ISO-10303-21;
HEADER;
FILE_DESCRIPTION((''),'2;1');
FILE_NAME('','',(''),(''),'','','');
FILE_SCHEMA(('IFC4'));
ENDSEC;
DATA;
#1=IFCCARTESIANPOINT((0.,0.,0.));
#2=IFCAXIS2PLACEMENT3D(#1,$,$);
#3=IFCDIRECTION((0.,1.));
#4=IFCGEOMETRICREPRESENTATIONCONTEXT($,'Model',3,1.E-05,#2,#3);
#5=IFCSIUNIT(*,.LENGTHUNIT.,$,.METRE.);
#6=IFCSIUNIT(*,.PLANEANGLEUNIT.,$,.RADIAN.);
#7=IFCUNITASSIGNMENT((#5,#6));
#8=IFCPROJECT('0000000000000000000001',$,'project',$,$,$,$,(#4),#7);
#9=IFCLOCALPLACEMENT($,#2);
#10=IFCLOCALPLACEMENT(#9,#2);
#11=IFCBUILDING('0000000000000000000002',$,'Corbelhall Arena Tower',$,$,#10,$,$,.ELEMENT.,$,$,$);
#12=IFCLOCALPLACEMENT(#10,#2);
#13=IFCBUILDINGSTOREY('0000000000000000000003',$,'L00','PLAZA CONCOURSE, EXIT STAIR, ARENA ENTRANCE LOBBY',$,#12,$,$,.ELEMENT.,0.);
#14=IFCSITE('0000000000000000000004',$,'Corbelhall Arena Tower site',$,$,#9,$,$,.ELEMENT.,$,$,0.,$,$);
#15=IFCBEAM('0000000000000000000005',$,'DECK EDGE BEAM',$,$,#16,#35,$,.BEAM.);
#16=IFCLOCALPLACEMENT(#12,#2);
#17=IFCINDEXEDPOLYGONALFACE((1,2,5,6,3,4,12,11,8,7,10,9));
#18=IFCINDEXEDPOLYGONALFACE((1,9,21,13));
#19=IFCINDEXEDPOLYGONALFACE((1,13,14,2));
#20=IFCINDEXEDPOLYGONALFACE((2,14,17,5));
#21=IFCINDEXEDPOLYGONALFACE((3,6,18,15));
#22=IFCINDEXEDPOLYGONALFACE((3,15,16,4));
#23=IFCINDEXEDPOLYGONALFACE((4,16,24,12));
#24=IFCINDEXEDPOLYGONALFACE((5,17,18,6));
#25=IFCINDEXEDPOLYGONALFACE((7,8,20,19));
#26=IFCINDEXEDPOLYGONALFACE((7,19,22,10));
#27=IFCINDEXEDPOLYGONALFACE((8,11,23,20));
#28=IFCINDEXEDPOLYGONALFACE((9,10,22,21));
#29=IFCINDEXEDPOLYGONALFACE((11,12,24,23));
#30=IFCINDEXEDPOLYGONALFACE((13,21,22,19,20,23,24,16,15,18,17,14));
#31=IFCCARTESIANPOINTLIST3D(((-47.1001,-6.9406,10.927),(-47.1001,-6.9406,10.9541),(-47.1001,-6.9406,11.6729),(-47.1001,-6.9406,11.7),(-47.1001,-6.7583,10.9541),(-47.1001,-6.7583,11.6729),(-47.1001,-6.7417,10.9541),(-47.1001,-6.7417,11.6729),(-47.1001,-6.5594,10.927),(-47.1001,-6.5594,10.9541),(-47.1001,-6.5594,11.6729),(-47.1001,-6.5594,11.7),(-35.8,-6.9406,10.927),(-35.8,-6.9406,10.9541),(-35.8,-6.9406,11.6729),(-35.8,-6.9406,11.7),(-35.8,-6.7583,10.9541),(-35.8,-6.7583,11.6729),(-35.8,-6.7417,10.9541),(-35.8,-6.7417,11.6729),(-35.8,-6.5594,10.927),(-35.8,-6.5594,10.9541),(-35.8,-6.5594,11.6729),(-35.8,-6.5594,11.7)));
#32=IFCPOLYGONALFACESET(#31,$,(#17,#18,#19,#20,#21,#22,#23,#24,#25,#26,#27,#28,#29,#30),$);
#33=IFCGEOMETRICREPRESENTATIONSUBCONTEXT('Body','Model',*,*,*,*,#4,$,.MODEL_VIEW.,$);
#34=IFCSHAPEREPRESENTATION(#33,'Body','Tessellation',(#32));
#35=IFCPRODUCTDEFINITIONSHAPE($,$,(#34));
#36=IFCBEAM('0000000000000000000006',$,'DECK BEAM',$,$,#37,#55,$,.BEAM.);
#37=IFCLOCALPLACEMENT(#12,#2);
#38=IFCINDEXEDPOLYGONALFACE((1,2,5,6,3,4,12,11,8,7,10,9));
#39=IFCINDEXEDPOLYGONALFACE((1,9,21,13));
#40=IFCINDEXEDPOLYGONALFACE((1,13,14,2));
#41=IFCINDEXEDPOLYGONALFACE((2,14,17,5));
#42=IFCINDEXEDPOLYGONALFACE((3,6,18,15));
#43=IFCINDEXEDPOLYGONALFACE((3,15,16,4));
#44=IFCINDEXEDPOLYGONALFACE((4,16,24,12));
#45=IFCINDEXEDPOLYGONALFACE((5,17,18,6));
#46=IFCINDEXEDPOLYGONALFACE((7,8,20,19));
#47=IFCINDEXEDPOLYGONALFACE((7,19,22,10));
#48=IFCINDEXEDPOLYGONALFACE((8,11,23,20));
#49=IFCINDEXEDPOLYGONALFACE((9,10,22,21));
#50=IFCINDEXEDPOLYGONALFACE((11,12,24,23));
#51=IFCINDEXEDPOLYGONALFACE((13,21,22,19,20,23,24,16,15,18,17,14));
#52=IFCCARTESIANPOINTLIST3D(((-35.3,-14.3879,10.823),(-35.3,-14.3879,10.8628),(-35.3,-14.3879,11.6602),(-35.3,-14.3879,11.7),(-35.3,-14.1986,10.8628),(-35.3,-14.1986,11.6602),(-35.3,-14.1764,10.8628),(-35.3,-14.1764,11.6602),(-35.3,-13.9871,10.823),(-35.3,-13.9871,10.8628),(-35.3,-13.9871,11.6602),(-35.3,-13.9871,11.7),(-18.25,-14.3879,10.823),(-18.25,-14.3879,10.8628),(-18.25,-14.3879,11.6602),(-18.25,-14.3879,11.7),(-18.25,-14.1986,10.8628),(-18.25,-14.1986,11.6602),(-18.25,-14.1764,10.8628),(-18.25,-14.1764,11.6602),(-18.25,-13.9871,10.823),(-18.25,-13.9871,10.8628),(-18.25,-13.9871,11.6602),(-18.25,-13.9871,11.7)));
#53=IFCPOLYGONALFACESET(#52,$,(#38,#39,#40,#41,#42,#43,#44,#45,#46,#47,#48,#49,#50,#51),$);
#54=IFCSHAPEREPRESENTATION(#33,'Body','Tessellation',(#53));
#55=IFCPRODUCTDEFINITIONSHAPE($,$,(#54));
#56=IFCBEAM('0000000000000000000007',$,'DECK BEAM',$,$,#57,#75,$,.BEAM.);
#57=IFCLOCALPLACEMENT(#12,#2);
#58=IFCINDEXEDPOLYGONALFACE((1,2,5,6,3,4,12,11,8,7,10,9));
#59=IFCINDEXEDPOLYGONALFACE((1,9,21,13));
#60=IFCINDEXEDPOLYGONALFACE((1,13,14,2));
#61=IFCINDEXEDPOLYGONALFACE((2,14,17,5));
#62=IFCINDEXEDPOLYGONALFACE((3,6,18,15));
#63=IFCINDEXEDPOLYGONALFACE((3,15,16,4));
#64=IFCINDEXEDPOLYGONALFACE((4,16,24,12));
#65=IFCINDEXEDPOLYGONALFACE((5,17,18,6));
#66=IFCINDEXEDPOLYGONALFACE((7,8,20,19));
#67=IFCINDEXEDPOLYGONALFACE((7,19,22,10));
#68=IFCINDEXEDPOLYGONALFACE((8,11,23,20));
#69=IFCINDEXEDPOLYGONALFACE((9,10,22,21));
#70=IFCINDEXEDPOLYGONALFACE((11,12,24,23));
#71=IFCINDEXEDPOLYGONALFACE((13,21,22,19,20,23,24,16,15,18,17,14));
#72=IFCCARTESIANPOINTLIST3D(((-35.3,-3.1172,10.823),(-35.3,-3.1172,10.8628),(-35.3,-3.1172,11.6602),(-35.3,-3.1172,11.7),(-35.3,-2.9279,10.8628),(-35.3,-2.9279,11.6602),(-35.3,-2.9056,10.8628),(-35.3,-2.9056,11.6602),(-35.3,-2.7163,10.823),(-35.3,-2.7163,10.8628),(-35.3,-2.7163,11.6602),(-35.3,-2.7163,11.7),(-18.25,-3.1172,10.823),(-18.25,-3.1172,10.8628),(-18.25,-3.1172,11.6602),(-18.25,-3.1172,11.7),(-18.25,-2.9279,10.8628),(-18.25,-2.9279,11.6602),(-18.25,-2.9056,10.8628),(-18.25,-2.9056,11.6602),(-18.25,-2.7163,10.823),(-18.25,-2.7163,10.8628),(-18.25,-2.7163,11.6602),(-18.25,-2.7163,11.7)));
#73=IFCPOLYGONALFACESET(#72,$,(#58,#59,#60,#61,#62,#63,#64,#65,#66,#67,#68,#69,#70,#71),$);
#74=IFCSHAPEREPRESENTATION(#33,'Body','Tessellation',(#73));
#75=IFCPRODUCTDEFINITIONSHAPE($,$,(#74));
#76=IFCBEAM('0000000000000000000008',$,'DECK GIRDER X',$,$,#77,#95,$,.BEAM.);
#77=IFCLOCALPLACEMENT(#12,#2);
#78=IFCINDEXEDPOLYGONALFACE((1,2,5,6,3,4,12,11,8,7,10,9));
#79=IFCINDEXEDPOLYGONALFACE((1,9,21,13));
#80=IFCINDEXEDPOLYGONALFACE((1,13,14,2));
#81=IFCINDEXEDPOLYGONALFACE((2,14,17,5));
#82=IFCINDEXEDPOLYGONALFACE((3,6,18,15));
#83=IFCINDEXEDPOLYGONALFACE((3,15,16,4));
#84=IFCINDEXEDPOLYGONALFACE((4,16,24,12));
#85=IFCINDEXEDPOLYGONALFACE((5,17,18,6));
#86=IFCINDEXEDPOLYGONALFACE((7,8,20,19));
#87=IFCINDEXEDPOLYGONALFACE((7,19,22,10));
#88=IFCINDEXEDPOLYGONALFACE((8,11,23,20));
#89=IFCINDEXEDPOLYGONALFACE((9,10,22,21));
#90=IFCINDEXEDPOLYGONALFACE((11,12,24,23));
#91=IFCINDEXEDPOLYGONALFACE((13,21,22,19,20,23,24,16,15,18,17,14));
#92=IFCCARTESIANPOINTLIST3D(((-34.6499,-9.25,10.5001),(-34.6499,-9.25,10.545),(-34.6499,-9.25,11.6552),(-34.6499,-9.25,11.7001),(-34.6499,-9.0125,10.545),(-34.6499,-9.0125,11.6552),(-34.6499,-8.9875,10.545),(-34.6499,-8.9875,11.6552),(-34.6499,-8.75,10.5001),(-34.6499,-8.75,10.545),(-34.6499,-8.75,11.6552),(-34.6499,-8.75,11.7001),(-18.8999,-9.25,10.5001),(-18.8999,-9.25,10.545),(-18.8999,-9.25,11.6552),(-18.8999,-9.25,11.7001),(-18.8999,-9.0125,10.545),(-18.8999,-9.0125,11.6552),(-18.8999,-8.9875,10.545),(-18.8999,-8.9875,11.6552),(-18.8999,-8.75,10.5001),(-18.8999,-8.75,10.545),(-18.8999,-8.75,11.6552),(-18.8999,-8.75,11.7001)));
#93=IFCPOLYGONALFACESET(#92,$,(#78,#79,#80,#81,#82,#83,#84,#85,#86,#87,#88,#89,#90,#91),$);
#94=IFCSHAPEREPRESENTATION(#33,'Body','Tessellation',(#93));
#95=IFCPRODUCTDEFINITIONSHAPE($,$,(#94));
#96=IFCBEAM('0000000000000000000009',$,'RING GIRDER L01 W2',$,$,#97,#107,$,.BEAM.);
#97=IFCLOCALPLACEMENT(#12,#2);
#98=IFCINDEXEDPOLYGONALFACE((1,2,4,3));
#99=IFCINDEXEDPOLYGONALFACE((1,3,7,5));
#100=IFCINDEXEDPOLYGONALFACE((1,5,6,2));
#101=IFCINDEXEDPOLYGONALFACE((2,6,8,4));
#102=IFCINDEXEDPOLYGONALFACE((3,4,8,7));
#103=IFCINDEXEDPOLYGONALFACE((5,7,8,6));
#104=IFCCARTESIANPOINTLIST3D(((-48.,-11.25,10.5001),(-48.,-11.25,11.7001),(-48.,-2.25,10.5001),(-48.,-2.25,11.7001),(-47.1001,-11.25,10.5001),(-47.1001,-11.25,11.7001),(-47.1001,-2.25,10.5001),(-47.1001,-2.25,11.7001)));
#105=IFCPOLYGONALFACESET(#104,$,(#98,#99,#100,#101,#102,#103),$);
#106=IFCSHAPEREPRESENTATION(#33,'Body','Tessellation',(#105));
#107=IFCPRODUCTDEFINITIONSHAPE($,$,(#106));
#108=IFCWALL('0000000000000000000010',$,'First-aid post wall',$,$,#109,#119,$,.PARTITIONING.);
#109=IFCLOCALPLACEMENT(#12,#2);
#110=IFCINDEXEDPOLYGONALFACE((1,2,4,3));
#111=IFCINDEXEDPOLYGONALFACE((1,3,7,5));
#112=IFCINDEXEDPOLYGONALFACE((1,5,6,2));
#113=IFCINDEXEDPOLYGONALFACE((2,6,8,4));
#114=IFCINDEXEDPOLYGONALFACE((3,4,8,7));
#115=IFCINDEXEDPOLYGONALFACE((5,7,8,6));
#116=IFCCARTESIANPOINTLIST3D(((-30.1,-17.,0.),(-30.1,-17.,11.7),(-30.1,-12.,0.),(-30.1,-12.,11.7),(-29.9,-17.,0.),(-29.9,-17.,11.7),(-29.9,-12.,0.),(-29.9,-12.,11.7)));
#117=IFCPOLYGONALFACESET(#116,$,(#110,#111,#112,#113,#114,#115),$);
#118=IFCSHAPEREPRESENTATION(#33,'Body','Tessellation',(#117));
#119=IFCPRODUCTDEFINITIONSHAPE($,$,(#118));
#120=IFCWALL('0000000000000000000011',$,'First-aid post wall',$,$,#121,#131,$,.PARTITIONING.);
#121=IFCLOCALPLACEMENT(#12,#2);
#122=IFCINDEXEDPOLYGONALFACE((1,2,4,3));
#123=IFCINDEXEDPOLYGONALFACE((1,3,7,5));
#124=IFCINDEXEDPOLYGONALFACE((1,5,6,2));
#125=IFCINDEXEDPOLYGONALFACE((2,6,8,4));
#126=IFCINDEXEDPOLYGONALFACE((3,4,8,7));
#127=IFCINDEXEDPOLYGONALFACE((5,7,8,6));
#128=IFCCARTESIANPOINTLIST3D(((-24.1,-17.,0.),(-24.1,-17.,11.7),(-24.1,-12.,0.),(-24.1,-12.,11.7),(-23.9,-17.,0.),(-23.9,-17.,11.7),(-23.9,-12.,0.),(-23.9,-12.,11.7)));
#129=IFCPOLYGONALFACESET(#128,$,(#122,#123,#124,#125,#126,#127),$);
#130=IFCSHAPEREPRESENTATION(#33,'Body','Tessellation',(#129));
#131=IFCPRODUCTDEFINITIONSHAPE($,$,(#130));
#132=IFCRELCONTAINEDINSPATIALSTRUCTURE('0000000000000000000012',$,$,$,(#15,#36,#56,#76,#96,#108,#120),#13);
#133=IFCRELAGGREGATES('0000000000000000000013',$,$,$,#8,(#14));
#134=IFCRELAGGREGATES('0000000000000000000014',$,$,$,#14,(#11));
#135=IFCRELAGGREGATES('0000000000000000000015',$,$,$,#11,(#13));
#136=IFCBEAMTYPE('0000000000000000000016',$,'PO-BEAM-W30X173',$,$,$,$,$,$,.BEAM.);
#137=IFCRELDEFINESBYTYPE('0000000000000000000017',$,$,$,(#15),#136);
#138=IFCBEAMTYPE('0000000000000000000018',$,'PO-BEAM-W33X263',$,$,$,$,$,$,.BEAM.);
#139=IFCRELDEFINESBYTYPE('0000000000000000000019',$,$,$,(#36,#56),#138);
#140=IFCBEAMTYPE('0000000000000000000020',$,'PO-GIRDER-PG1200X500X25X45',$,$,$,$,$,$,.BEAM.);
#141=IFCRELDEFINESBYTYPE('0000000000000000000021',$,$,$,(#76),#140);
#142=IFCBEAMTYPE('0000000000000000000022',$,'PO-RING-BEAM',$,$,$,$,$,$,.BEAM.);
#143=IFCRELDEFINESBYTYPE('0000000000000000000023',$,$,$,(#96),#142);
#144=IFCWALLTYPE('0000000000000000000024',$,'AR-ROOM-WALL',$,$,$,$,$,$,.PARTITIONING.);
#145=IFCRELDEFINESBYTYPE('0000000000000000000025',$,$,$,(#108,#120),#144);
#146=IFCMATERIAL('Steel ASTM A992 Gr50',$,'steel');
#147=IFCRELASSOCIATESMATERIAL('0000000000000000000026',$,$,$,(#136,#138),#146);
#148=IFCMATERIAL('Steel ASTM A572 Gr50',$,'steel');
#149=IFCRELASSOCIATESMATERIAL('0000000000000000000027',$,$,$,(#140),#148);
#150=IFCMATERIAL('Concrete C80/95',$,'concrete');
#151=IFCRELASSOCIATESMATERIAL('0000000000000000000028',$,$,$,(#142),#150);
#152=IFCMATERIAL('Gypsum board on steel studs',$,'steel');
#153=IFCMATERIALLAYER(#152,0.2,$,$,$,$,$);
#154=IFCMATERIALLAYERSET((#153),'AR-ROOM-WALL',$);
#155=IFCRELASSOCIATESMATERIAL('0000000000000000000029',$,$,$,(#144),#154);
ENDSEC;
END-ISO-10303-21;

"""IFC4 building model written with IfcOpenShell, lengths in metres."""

from ifc_helpers import new_model, si_unit, direction, frame, frame_2d, origin, origin_2d, place, context, subcontext, project, spatial, rectangle, i_section, extrude, material, layer, layer_set, material_profile, profile_set, type_object, element, save


model = new_model("IFC4")

# Units and contexts
model_context = context("Model", 3, precision=1e-05, world=origin(), true_north=direction((0.0, 1.0)))
body_context = subcontext(model_context, "Body", "Model", "MODEL_VIEW")
ifc_project = project(units=[si_unit("LENGTHUNIT", "METRE"), si_unit("PLANEANGLEUNIT", "RADIAN")], contexts=[model_context])

# Site, building, storey
site_placement = place(None, origin())
site = spatial("IfcSite", under=ifc_project, at=site_placement, Name="Corbelhall Arena Tower site", CompositionType="ELEMENT", RefElevation=0.0)
building_placement = place(site_placement, origin())
building = spatial("IfcBuilding", under=site, at=building_placement, Name="Corbelhall Arena Tower", CompositionType="ELEMENT")
storey_placement = place(building_placement, origin())
storey = spatial("IfcBuildingStorey", under=building, at=storey_placement, Name="L00", Description="PLAZA CONCOURSE, EXIT STAIR, ARENA ENTRANCE LOBBY", CompositionType="ELEMENT", Elevation=0.0)

# Shared definitions
ifc_material_1 = material(Name="Concrete C80/95", Category="concrete")

# Shared definitions
ifc_material_2 = material(Name="Steel ASTM A572 Gr50", Category="steel")

# Beams
ifc_material_3 = material(Name="Steel ASTM A992 Gr50", Category="steel")
ifc_material_profile_1 = material_profile(ifc_material_3, i_section(OverallWidth=0.3811, OverallDepth=0.7729, WebThickness=0.0166, FlangeThickness=0.0271, at=origin_2d()))
ifc_profile_set_1 = profile_set([ifc_material_profile_1], Name="Steel ASTM A992 Gr50")
beam_type_1 = type_object("IfcBeamType", Name="PO-BEAM-W30X173", PredefinedType="BEAM", material=ifc_profile_set_1)
beam_1_placement = place(storey_placement, frame((-35.8, -6.75, 11.3135), z_axis=(-1.0, 0.0, 0.0), x_axis=(0.0, -1.0, 0.0)))
element("IfcBeam", 1, at=beam_1_placement, inside=storey, type_object=beam_type_1, Name="DECK EDGE BEAM", PredefinedType="BEAM", context=body_context, shape_type="SweptSolid", body=[
    extrude(i_section(OverallWidth=0.3811, OverallDepth=0.7729, WebThickness=0.0166, FlangeThickness=0.0271, at=origin_2d()), origin(), (0.0, 0.0, 1.0), 11.3),
])
ifc_material_profile_2 = material_profile(ifc_material_3, i_section(OverallWidth=0.4009, OverallDepth=0.877, WebThickness=0.0222, FlangeThickness=0.0398, at=origin_2d()))
ifc_profile_set_2 = profile_set([ifc_material_profile_2], Name="Steel ASTM A992 Gr50")
beam_type_2 = type_object("IfcBeamType", Name="PO-BEAM-W33X263", PredefinedType="BEAM", material=ifc_profile_set_2)
for number, where, z_axis, x_axis, name in (
    (2, (-35.3, -14.1875, 11.2615), (1.0, 0.0, 0.0), (0.0, 1.0, 0.0), "DECK BEAM"),
    (3, (-35.3, -2.9167, 11.2615), (1.0, 0.0, 0.0), (0.0, 1.0, 0.0), "DECK BEAM"),
):
    element("IfcBeam", number, at=place(storey_placement, frame(where, z_axis=z_axis, x_axis=x_axis)), inside=storey, type_object=beam_type_2, Name=name, PredefinedType="BEAM", context=body_context, shape_type="SweptSolid", body=[
        extrude(i_section(OverallWidth=0.4009, OverallDepth=0.877, WebThickness=0.0222, FlangeThickness=0.0398, at=origin_2d()), origin(), (0.0, 0.0, 1.0), 17.05),
    ])
ifc_material_profile_3 = material_profile(ifc_material_2, i_section(OverallWidth=0.5, OverallDepth=1.2, WebThickness=0.0249, FlangeThickness=0.0449, at=origin_2d()))
ifc_profile_set_3 = profile_set([ifc_material_profile_3], Name="Steel ASTM A572 Gr50")
beam_type_3 = type_object("IfcBeamType", Name="PO-GIRDER-PG1200X500X25X45", PredefinedType="BEAM", material=ifc_profile_set_3)
beam_2_placement = place(storey_placement, frame((-34.6499, -9.0, 11.1001), z_axis=(1.0, 0.0, 0.0), x_axis=(0.0, 1.0, 0.0)))
element("IfcBeam", 4, at=beam_2_placement, inside=storey, type_object=beam_type_3, Name="DECK GIRDER X", PredefinedType="BEAM", context=body_context, shape_type="SweptSolid", body=[
    extrude(i_section(OverallWidth=0.5, OverallDepth=1.2, WebThickness=0.0249, FlangeThickness=0.0449, at=origin_2d()), origin(), (0.0, 0.0, 1.0), 15.75),
])
ifc_material_profile_4 = material_profile(ifc_material_1, rectangle(XDim=0.8999, YDim=1.2, at=origin_2d()))
ifc_profile_set_4 = profile_set([ifc_material_profile_4], Name="Concrete C80/95")
beam_type_4 = type_object("IfcBeamType", Name="PO-RING-BEAM", PredefinedType="BEAM", material=ifc_profile_set_4)
beam_3_placement = place(storey_placement, frame((-47.55, -11.25, 11.1001), z_axis=(0.0, 1.0, 0.0), x_axis=(-1.0, 0.0, 0.0)))
element("IfcBeam", 5, at=beam_3_placement, inside=storey, type_object=beam_type_4, Name="RING GIRDER L01 W2", PredefinedType="BEAM", context=body_context, shape_type="SweptSolid", body=[
    extrude(rectangle(XDim=0.8999, YDim=1.2, at=origin_2d()), origin(), (0.0, 0.0, 1.0), 9.0),
])

# Shared definitions
ifc_material_4 = material(Name="Gypsum board on steel studs", Category="steel")
ifc_layer = layer(ifc_material_4, 0.2)
ifc_layer_set = layer_set([ifc_layer], Name="AR-ROOM-WALL")
wall_type = type_object("IfcWallType", Name="AR-ROOM-WALL", PredefinedType="PARTITIONING", material=ifc_layer_set)

# Walls
for number, where, z_axis, x_axis, name in (
    (6, (-30.0, -12.0, 0.0), (0.0, 0.0, 1.0), (0.0, -1.0, 0.0), "First-aid post wall"),
    (7, (-24.0, -17.0, 0.0), (0.0, 0.0, 1.0), (0.0, 1.0, 0.0), "First-aid post wall"),
):
    element("IfcWall", number, at=place(storey_placement, frame(where, z_axis=z_axis, x_axis=x_axis)), inside=storey, type_object=wall_type, Name=name, PredefinedType="PARTITIONING", context=body_context, shape_type="SweptSolid", body=[
        extrude(rectangle(XDim=5.0, YDim=0.2, at=frame_2d((2.5, 0.0))), origin(), (0.0, 0.0, 1.0), 11.7),
    ])

save(model, "model.ifc")
